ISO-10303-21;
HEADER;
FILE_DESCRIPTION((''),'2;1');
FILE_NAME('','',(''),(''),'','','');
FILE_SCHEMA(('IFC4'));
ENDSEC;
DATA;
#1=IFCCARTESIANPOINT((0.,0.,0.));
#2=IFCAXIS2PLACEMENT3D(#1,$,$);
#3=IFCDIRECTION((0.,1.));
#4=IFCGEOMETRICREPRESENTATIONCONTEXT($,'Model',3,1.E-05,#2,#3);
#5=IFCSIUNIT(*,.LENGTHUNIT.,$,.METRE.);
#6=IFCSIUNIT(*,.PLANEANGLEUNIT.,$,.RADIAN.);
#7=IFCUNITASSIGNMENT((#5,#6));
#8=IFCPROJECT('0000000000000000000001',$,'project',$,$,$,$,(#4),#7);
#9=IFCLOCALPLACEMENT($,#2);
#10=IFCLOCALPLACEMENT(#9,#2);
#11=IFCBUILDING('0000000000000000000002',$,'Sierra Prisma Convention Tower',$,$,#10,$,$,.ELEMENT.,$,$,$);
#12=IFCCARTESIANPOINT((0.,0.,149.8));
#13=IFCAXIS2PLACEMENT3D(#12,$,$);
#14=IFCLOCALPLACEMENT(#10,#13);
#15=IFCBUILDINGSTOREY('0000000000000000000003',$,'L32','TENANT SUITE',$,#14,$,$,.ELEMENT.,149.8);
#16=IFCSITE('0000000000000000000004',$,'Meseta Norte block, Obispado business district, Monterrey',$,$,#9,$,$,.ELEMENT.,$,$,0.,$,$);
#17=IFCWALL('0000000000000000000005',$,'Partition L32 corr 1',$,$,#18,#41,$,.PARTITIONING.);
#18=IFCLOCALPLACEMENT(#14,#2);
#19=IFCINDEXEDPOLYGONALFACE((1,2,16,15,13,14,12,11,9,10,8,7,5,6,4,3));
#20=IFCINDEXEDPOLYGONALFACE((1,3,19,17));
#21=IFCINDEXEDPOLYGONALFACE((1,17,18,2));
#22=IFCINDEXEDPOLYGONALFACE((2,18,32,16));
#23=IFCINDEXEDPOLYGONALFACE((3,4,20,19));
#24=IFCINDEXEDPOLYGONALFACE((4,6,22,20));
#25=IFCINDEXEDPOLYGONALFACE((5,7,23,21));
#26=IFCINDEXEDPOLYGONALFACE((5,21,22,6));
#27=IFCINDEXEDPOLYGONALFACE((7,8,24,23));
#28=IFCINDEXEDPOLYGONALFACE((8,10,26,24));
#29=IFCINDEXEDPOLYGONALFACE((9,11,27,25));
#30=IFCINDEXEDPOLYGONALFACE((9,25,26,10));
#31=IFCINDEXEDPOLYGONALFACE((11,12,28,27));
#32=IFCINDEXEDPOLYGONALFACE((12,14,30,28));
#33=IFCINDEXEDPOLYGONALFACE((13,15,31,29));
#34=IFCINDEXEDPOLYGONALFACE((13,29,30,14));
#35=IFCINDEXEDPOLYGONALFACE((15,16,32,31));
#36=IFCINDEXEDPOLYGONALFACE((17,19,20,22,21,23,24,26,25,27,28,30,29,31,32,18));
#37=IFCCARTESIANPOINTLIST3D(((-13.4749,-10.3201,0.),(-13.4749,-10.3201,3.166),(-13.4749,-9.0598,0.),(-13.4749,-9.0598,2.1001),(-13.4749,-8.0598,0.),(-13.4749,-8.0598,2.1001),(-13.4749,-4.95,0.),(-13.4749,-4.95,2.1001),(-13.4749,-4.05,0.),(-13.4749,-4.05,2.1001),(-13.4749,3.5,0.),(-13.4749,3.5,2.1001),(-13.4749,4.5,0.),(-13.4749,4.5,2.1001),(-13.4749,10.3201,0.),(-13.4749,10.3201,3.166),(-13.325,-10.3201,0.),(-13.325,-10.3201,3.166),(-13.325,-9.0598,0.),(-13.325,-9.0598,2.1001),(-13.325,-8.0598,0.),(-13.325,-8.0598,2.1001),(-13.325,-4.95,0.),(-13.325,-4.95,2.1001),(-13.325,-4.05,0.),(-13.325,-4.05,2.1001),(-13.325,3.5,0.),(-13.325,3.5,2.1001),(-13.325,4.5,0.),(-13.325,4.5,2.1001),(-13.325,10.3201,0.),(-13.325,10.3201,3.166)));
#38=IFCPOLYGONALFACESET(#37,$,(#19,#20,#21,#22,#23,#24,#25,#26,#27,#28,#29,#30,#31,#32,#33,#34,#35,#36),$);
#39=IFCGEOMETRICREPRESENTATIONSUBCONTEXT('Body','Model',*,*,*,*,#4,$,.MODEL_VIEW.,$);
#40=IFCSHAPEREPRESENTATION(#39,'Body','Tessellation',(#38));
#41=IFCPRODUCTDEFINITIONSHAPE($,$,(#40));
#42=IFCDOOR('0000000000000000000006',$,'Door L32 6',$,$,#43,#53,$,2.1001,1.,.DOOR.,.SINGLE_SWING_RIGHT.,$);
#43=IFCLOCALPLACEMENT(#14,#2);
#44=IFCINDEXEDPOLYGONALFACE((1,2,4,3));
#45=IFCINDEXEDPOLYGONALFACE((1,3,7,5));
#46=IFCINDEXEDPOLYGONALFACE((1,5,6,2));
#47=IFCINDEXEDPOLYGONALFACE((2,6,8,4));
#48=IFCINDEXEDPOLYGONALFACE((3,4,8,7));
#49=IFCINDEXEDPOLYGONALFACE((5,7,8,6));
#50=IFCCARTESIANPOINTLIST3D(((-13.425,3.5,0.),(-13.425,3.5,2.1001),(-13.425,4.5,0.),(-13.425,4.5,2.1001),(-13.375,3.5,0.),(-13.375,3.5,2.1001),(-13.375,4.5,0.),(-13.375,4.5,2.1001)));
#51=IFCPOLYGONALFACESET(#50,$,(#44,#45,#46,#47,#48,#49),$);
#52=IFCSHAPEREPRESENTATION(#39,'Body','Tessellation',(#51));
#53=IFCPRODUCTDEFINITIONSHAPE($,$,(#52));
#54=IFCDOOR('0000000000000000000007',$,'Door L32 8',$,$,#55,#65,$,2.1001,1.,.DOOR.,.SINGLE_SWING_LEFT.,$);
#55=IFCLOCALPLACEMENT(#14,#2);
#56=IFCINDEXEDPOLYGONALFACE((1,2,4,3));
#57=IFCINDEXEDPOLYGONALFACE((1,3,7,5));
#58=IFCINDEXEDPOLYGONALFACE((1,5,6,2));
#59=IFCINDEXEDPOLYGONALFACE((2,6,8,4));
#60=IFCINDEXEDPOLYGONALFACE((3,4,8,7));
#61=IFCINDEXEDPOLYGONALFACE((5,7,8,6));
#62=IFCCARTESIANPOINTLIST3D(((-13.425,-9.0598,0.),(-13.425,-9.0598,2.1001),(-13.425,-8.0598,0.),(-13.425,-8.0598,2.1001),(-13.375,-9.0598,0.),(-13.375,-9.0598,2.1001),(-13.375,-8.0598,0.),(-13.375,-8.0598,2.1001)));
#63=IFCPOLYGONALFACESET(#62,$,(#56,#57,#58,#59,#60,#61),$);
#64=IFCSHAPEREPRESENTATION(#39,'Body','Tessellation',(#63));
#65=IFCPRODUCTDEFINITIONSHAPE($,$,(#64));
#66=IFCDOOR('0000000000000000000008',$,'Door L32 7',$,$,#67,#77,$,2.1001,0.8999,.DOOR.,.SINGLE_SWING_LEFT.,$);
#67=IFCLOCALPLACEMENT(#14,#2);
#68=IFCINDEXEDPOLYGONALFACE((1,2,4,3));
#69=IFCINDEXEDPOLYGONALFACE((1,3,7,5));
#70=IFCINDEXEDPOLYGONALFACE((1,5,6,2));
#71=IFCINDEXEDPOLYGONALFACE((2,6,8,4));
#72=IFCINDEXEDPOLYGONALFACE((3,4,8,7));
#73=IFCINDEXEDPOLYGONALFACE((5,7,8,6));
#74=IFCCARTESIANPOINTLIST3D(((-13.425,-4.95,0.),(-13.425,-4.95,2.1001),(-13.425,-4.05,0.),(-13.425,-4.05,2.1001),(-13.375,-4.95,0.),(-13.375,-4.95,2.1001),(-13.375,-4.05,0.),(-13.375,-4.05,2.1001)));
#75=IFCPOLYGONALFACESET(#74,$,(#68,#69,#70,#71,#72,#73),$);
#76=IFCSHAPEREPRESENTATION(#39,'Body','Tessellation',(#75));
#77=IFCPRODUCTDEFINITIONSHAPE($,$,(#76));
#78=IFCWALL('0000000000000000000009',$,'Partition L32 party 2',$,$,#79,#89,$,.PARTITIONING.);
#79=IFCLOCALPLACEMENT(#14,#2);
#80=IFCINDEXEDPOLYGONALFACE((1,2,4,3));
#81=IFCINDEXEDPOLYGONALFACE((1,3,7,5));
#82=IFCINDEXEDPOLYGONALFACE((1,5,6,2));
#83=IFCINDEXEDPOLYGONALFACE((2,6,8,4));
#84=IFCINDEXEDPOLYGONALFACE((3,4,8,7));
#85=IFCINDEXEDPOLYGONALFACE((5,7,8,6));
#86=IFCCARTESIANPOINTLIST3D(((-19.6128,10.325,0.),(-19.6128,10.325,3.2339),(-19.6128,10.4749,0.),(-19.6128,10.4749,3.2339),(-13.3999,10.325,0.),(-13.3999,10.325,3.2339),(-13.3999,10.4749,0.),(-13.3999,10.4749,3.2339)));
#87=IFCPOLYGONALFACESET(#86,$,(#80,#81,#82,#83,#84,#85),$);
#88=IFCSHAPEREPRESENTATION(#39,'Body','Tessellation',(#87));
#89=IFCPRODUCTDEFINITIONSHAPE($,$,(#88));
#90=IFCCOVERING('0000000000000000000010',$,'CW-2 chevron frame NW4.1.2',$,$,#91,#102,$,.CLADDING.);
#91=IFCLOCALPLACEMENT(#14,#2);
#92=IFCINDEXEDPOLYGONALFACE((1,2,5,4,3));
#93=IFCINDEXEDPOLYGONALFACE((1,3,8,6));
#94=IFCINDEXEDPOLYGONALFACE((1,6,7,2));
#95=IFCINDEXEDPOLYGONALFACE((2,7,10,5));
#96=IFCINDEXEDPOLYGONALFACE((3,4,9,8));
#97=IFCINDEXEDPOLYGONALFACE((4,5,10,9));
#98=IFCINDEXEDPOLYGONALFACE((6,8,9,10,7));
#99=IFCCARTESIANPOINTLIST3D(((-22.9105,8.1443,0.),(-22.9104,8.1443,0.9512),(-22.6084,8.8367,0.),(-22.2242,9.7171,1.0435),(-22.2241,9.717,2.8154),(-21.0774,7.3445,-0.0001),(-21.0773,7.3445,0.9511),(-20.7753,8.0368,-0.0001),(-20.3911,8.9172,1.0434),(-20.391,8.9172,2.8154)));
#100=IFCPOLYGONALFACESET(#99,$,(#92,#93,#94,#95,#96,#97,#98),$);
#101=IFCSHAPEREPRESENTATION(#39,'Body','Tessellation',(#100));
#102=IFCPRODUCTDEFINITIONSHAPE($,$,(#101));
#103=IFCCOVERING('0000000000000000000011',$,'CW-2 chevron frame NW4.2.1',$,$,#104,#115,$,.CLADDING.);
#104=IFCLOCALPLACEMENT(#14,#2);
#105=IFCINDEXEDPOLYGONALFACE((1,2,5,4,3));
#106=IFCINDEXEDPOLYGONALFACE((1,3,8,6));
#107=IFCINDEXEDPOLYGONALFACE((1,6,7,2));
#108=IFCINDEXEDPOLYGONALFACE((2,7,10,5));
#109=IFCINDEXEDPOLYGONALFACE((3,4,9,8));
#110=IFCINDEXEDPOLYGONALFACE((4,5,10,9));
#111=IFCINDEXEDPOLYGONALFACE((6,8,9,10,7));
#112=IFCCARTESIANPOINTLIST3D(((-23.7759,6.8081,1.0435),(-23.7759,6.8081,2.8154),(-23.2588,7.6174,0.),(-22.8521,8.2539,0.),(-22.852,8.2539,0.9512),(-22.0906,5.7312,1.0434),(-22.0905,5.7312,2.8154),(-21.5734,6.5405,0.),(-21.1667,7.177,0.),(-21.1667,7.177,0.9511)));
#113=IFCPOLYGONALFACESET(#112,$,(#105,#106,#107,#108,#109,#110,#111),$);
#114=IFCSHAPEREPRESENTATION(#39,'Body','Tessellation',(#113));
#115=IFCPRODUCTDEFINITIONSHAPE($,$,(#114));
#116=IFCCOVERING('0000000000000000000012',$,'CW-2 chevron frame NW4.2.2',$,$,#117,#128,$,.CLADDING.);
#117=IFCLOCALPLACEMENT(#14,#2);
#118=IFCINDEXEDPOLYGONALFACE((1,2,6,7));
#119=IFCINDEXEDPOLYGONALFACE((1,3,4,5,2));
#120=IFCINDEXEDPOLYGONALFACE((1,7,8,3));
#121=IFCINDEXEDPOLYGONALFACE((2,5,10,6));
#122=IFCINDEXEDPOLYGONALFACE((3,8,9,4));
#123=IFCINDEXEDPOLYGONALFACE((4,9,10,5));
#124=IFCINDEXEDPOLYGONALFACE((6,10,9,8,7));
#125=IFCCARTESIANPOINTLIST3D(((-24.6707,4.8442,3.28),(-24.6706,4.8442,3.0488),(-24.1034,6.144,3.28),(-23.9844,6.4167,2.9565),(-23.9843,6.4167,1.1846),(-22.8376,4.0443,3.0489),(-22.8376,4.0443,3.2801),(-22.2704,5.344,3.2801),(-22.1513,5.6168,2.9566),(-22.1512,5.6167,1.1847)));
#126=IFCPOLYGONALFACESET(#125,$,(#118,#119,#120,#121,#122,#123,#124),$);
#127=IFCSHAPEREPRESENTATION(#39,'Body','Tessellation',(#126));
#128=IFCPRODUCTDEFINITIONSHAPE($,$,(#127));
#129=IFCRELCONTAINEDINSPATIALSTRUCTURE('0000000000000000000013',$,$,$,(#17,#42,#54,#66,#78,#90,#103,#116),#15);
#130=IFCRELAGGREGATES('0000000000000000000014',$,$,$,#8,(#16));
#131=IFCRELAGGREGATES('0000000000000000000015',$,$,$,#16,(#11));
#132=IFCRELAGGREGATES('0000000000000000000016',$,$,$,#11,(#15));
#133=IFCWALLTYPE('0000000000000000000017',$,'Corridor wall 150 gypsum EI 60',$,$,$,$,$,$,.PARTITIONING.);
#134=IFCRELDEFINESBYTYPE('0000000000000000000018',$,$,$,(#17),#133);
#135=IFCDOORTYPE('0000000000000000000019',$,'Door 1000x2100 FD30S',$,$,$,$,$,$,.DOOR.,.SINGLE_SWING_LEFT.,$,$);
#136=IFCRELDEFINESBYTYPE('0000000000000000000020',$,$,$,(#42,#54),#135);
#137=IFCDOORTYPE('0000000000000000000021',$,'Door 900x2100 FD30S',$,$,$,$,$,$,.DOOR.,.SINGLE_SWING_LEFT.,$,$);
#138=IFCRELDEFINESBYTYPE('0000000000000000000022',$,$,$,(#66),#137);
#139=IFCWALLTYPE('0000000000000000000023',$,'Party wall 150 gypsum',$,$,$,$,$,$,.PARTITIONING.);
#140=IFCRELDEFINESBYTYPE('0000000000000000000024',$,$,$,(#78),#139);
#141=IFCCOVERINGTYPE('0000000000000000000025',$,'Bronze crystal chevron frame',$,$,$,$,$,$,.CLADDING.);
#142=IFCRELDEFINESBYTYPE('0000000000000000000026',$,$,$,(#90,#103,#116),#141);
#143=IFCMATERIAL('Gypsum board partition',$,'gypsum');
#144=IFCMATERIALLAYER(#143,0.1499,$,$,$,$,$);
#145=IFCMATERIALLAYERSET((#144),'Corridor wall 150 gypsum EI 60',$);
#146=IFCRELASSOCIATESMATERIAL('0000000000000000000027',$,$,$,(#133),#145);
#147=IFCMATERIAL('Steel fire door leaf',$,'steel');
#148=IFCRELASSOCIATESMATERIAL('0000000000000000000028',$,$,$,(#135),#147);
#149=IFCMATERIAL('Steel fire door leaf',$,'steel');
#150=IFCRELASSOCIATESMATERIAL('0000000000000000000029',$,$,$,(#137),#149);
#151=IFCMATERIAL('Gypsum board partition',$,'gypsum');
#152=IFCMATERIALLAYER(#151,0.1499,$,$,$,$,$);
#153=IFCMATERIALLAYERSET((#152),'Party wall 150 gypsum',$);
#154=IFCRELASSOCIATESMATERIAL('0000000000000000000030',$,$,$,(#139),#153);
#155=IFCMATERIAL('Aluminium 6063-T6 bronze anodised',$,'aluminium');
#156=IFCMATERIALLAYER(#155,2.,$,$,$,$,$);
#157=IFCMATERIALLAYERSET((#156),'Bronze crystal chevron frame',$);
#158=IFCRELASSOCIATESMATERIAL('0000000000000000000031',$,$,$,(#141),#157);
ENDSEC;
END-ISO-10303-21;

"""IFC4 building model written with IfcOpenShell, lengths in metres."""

from ifc_helpers import new_model, si_unit, direction, frame, frame_2d, origin, place, context, subcontext, project, spatial, polyline, rectangle, outline, extrude, material, layer, layer_set, type_object, element, fill, save


model = new_model("IFC4")

# Units and contexts
model_context = context("Model", 3, precision=1e-05, world=origin(), true_north=direction((0.0, 1.0)))
body_context = subcontext(model_context, "Body", "Model", "MODEL_VIEW")
ifc_project = project(units=[si_unit("LENGTHUNIT", "METRE"), si_unit("PLANEANGLEUNIT", "RADIAN")], contexts=[model_context])

# Site, building, storey
site_placement = place(None, origin())
site = spatial("IfcSite", under=ifc_project, at=site_placement, Name="Meseta Norte block, Obispado business district, Monterrey", CompositionType="ELEMENT", RefElevation=0.0)
building_placement = place(site_placement, origin())
building = spatial("IfcBuilding", under=site, at=building_placement, Name="Sierra Prisma Convention Tower", CompositionType="ELEMENT")
storey_placement = place(building_placement, frame((0.0, 0.0, 149.8)))
storey = spatial("IfcBuildingStorey", under=building, at=storey_placement, Name="L32", Description="TENANT SUITE", CompositionType="ELEMENT", Elevation=149.8)

# Wall, openings, doors
ifc_material_1 = material(Name="Gypsum board partition", Category="gypsum")
ifc_layer_1 = layer(ifc_material_1, 0.1499)
ifc_layer_set_1 = layer_set([ifc_layer_1], Name="Corridor wall 150 gypsum EI 60")
wall_type_1 = type_object("IfcWallType", Name="Corridor wall 150 gypsum EI 60", PredefinedType="PARTITIONING", material=ifc_layer_set_1)
wall_1_placement = place(storey_placement, frame((-13.3999, 10.3201, 0.0), z_axis=(0.0, 0.0, 1.0), x_axis=(0.0, -1.0, 0.0)))
wall_1 = element("IfcWall", 1, at=wall_1_placement, inside=storey, type_object=wall_type_1, Name="Partition L32 corr 1", PredefinedType="PARTITIONING", context=body_context, shape_type="SweptSolid", body=[
    extrude(rectangle(XDim=20.6401, YDim=0.1499, at=frame_2d((10.3201, 0.0))), origin(), (0.0, 0.0, 1.0), 3.166),
])
opening_1_placement = place(wall_1_placement, frame((5.8201, 0.0, 0.0)))
opening_1 = element("IfcOpeningElement", 2, at=opening_1_placement, cuts=wall_1, PredefinedType="OPENING", context=body_context, shape_type="SweptSolid", body=[
    extrude(rectangle(XDim=1.0, YDim=2.1001, at=frame_2d((0.5, 1.05))), frame((0.0, 0.075, 0.0), z_axis=(0.0, -1.0, 0.0), x_axis=(1.0, 0.0, 0.0)), (0.0, 0.0, 1.0), 0.1499),
])
opening_2_placement = place(wall_1_placement, frame((14.3701, 0.0, 0.0)))
opening_2 = element("IfcOpeningElement", 3, at=opening_2_placement, cuts=wall_1, PredefinedType="OPENING", context=body_context, shape_type="SweptSolid", body=[
    extrude(rectangle(XDim=0.8999, YDim=2.1001, at=frame_2d((0.45, 1.05))), frame((0.0, 0.075, 0.0), z_axis=(0.0, -1.0, 0.0), x_axis=(1.0, 0.0, 0.0)), (0.0, 0.0, 1.0), 0.1499),
])
opening_3_placement = place(wall_1_placement, frame((18.3799, 0.0, 0.0)))
opening_3 = element("IfcOpeningElement", 4, at=opening_3_placement, cuts=wall_1, PredefinedType="OPENING", context=body_context, shape_type="SweptSolid", body=[
    extrude(rectangle(XDim=1.0, YDim=2.1001, at=frame_2d((0.5, 1.05))), frame((0.0, 0.075, 0.0), z_axis=(0.0, -1.0, 0.0), x_axis=(1.0, 0.0, 0.0)), (0.0, 0.0, 1.0), 0.1499),
])
ifc_material_2 = material(Name="Steel fire door leaf", Category="steel")
door_type_1 = type_object("IfcDoorType", Name="Door 1000x2100 FD30S", OperationType="SINGLE_SWING_LEFT", PredefinedType="DOOR", material=ifc_material_2)
door_1_placement = place(opening_1_placement, origin())
door_1 = element("IfcDoor", 5, at=door_1_placement, inside=storey, type_object=door_type_1, Name="Door L32 6", OperationType="SINGLE_SWING_RIGHT", OverallHeight=2.1001, OverallWidth=1.0, PredefinedType="DOOR", context=body_context, shape_type="SweptSolid", body=[
    extrude(rectangle(XDim=1.0, YDim=2.1001, at=frame_2d((0.5, 1.05))), frame((0.0, 0.0249, 0.0), z_axis=(0.0, -1.0, 0.0), x_axis=(1.0, 0.0, 0.0)), (0.0, 0.0, 1.0), 0.05),
])
fill(opening_1, door_1)
door_2_placement = place(opening_3_placement, origin())
door_2 = element("IfcDoor", 6, at=door_2_placement, inside=storey, type_object=door_type_1, Name="Door L32 8", OperationType="SINGLE_SWING_LEFT", OverallHeight=2.1001, OverallWidth=1.0, PredefinedType="DOOR", context=body_context, shape_type="SweptSolid", body=[
    extrude(rectangle(XDim=1.0, YDim=2.1001, at=frame_2d((0.5, 1.05))), frame((0.0, 0.0249, 0.0), z_axis=(0.0, -1.0, 0.0), x_axis=(1.0, 0.0, 0.0)), (0.0, 0.0, 1.0), 0.05),
])
fill(opening_3, door_2)
ifc_material_3 = material(Name="Steel fire door leaf", Category="steel")
door_type_2 = type_object("IfcDoorType", Name="Door 900x2100 FD30S", OperationType="SINGLE_SWING_LEFT", PredefinedType="DOOR", material=ifc_material_3)
door_3_placement = place(opening_2_placement, origin())
door_3 = element("IfcDoor", 7, at=door_3_placement, inside=storey, type_object=door_type_2, Name="Door L32 7", OperationType="SINGLE_SWING_LEFT", OverallHeight=2.1001, OverallWidth=0.8999, PredefinedType="DOOR", context=body_context, shape_type="SweptSolid", body=[
    extrude(rectangle(XDim=0.8999, YDim=2.1001, at=frame_2d((0.45, 1.05))), frame((0.0, 0.0249, 0.0), z_axis=(0.0, -1.0, 0.0), x_axis=(1.0, 0.0, 0.0)), (0.0, 0.0, 1.0), 0.05),
])
fill(opening_2, door_3)

# Wall
ifc_material_4 = material(Name="Gypsum board partition", Category="gypsum")
ifc_layer_2 = layer(ifc_material_4, 0.1499)
ifc_layer_set_2 = layer_set([ifc_layer_2], Name="Party wall 150 gypsum")
wall_type_2 = type_object("IfcWallType", Name="Party wall 150 gypsum", PredefinedType="PARTITIONING", material=ifc_layer_set_2)
wall_2_placement = place(storey_placement, frame((-13.3999, 10.3999, 0.0), z_axis=(0.0, 0.0, 1.0), x_axis=(-1.0, 0.0, 0.0)))
element("IfcWall", 8, at=wall_2_placement, inside=storey, type_object=wall_type_2, Name="Partition L32 party 2", PredefinedType="PARTITIONING", context=body_context, shape_type="SweptSolid", body=[
    extrude(rectangle(XDim=6.2129, YDim=0.1499, at=frame_2d((3.1064, 0.0))), origin(), (0.0, 0.0, 1.0), 3.2339),
])

# Coverings
ifc_material_5 = material(Name="Aluminium 6063-T6 bronze anodised", Category="aluminium")
ifc_layer_3 = layer(ifc_material_5, 2.0)
ifc_layer_set_3 = layer_set([ifc_layer_3], Name="Bronze crystal chevron frame")
covering_type = type_object("IfcCoveringType", Name="Bronze crystal chevron frame", PredefinedType="CLADDING", material=ifc_layer_set_3)
covering_1_placement = place(storey_placement, frame((-22.2241, 9.717, 2.8154), z_axis=(-0.916551, 0.399918, 0.000035), x_axis=(-0.000032, 0.000014, -1.0)))
element("IfcCovering", 9, at=covering_1_placement, inside=storey, type_object=covering_type, Name="CW-2 chevron frame NW4.1.2", PredefinedType="CLADDING", context=body_context, shape_type="SweptSolid", body=[
    extrude(outline(polyline([(0.0, 0.0), (1.772, 0.0), (2.8154, 0.9606), (2.8154, 1.716), (1.8643, 1.716), (0.0, 0.0)])), origin(), (0.0, 0.0, -1.0), 2.0),
])
covering_2_placement = place(storey_placement, frame((-22.8521, 8.2539, 0.0), z_axis=(-0.84266, 0.538446, 0.000013), x_axis=(-0.538446, -0.84266, 0.0)))
element("IfcCovering", 10, at=covering_2_placement, inside=storey, type_object=covering_type, Name="CW-2 chevron frame NW4.2.1", PredefinedType="CLADDING", context=body_context, shape_type="SweptSolid", body=[
    extrude(outline(polyline([(0.0, 0.0), (0.7553, 0.0), (1.7158, 1.0435), (1.7158, 2.8154), (0.0, 0.9512), (0.0, 0.0)])), origin(), (0.0, 0.0, -1.0), 2.0),
])
covering_3_placement = place(storey_placement, frame((-24.6707, 4.8442, 3.28), z_axis=(-0.916523, 0.399981, -0.000051), x_axis=(0.399981, 0.916523, 0.0)))
element("IfcCovering", 11, at=covering_3_placement, inside=storey, type_object=covering_type, Name="CW-2 chevron frame NW4.2.2", PredefinedType="CLADDING", context=body_context, shape_type="SweptSolid", body=[
    extrude(outline(polyline([(0.0, 0.0), (1.4181, 0.0), (1.7157, 0.3235), (1.7157, 2.0955), (0.0, 0.2312), (0.0, 0.0)])), origin(), (0.0, 0.0, -1.0), 2.0),
])

save(model, "model.ifc")
